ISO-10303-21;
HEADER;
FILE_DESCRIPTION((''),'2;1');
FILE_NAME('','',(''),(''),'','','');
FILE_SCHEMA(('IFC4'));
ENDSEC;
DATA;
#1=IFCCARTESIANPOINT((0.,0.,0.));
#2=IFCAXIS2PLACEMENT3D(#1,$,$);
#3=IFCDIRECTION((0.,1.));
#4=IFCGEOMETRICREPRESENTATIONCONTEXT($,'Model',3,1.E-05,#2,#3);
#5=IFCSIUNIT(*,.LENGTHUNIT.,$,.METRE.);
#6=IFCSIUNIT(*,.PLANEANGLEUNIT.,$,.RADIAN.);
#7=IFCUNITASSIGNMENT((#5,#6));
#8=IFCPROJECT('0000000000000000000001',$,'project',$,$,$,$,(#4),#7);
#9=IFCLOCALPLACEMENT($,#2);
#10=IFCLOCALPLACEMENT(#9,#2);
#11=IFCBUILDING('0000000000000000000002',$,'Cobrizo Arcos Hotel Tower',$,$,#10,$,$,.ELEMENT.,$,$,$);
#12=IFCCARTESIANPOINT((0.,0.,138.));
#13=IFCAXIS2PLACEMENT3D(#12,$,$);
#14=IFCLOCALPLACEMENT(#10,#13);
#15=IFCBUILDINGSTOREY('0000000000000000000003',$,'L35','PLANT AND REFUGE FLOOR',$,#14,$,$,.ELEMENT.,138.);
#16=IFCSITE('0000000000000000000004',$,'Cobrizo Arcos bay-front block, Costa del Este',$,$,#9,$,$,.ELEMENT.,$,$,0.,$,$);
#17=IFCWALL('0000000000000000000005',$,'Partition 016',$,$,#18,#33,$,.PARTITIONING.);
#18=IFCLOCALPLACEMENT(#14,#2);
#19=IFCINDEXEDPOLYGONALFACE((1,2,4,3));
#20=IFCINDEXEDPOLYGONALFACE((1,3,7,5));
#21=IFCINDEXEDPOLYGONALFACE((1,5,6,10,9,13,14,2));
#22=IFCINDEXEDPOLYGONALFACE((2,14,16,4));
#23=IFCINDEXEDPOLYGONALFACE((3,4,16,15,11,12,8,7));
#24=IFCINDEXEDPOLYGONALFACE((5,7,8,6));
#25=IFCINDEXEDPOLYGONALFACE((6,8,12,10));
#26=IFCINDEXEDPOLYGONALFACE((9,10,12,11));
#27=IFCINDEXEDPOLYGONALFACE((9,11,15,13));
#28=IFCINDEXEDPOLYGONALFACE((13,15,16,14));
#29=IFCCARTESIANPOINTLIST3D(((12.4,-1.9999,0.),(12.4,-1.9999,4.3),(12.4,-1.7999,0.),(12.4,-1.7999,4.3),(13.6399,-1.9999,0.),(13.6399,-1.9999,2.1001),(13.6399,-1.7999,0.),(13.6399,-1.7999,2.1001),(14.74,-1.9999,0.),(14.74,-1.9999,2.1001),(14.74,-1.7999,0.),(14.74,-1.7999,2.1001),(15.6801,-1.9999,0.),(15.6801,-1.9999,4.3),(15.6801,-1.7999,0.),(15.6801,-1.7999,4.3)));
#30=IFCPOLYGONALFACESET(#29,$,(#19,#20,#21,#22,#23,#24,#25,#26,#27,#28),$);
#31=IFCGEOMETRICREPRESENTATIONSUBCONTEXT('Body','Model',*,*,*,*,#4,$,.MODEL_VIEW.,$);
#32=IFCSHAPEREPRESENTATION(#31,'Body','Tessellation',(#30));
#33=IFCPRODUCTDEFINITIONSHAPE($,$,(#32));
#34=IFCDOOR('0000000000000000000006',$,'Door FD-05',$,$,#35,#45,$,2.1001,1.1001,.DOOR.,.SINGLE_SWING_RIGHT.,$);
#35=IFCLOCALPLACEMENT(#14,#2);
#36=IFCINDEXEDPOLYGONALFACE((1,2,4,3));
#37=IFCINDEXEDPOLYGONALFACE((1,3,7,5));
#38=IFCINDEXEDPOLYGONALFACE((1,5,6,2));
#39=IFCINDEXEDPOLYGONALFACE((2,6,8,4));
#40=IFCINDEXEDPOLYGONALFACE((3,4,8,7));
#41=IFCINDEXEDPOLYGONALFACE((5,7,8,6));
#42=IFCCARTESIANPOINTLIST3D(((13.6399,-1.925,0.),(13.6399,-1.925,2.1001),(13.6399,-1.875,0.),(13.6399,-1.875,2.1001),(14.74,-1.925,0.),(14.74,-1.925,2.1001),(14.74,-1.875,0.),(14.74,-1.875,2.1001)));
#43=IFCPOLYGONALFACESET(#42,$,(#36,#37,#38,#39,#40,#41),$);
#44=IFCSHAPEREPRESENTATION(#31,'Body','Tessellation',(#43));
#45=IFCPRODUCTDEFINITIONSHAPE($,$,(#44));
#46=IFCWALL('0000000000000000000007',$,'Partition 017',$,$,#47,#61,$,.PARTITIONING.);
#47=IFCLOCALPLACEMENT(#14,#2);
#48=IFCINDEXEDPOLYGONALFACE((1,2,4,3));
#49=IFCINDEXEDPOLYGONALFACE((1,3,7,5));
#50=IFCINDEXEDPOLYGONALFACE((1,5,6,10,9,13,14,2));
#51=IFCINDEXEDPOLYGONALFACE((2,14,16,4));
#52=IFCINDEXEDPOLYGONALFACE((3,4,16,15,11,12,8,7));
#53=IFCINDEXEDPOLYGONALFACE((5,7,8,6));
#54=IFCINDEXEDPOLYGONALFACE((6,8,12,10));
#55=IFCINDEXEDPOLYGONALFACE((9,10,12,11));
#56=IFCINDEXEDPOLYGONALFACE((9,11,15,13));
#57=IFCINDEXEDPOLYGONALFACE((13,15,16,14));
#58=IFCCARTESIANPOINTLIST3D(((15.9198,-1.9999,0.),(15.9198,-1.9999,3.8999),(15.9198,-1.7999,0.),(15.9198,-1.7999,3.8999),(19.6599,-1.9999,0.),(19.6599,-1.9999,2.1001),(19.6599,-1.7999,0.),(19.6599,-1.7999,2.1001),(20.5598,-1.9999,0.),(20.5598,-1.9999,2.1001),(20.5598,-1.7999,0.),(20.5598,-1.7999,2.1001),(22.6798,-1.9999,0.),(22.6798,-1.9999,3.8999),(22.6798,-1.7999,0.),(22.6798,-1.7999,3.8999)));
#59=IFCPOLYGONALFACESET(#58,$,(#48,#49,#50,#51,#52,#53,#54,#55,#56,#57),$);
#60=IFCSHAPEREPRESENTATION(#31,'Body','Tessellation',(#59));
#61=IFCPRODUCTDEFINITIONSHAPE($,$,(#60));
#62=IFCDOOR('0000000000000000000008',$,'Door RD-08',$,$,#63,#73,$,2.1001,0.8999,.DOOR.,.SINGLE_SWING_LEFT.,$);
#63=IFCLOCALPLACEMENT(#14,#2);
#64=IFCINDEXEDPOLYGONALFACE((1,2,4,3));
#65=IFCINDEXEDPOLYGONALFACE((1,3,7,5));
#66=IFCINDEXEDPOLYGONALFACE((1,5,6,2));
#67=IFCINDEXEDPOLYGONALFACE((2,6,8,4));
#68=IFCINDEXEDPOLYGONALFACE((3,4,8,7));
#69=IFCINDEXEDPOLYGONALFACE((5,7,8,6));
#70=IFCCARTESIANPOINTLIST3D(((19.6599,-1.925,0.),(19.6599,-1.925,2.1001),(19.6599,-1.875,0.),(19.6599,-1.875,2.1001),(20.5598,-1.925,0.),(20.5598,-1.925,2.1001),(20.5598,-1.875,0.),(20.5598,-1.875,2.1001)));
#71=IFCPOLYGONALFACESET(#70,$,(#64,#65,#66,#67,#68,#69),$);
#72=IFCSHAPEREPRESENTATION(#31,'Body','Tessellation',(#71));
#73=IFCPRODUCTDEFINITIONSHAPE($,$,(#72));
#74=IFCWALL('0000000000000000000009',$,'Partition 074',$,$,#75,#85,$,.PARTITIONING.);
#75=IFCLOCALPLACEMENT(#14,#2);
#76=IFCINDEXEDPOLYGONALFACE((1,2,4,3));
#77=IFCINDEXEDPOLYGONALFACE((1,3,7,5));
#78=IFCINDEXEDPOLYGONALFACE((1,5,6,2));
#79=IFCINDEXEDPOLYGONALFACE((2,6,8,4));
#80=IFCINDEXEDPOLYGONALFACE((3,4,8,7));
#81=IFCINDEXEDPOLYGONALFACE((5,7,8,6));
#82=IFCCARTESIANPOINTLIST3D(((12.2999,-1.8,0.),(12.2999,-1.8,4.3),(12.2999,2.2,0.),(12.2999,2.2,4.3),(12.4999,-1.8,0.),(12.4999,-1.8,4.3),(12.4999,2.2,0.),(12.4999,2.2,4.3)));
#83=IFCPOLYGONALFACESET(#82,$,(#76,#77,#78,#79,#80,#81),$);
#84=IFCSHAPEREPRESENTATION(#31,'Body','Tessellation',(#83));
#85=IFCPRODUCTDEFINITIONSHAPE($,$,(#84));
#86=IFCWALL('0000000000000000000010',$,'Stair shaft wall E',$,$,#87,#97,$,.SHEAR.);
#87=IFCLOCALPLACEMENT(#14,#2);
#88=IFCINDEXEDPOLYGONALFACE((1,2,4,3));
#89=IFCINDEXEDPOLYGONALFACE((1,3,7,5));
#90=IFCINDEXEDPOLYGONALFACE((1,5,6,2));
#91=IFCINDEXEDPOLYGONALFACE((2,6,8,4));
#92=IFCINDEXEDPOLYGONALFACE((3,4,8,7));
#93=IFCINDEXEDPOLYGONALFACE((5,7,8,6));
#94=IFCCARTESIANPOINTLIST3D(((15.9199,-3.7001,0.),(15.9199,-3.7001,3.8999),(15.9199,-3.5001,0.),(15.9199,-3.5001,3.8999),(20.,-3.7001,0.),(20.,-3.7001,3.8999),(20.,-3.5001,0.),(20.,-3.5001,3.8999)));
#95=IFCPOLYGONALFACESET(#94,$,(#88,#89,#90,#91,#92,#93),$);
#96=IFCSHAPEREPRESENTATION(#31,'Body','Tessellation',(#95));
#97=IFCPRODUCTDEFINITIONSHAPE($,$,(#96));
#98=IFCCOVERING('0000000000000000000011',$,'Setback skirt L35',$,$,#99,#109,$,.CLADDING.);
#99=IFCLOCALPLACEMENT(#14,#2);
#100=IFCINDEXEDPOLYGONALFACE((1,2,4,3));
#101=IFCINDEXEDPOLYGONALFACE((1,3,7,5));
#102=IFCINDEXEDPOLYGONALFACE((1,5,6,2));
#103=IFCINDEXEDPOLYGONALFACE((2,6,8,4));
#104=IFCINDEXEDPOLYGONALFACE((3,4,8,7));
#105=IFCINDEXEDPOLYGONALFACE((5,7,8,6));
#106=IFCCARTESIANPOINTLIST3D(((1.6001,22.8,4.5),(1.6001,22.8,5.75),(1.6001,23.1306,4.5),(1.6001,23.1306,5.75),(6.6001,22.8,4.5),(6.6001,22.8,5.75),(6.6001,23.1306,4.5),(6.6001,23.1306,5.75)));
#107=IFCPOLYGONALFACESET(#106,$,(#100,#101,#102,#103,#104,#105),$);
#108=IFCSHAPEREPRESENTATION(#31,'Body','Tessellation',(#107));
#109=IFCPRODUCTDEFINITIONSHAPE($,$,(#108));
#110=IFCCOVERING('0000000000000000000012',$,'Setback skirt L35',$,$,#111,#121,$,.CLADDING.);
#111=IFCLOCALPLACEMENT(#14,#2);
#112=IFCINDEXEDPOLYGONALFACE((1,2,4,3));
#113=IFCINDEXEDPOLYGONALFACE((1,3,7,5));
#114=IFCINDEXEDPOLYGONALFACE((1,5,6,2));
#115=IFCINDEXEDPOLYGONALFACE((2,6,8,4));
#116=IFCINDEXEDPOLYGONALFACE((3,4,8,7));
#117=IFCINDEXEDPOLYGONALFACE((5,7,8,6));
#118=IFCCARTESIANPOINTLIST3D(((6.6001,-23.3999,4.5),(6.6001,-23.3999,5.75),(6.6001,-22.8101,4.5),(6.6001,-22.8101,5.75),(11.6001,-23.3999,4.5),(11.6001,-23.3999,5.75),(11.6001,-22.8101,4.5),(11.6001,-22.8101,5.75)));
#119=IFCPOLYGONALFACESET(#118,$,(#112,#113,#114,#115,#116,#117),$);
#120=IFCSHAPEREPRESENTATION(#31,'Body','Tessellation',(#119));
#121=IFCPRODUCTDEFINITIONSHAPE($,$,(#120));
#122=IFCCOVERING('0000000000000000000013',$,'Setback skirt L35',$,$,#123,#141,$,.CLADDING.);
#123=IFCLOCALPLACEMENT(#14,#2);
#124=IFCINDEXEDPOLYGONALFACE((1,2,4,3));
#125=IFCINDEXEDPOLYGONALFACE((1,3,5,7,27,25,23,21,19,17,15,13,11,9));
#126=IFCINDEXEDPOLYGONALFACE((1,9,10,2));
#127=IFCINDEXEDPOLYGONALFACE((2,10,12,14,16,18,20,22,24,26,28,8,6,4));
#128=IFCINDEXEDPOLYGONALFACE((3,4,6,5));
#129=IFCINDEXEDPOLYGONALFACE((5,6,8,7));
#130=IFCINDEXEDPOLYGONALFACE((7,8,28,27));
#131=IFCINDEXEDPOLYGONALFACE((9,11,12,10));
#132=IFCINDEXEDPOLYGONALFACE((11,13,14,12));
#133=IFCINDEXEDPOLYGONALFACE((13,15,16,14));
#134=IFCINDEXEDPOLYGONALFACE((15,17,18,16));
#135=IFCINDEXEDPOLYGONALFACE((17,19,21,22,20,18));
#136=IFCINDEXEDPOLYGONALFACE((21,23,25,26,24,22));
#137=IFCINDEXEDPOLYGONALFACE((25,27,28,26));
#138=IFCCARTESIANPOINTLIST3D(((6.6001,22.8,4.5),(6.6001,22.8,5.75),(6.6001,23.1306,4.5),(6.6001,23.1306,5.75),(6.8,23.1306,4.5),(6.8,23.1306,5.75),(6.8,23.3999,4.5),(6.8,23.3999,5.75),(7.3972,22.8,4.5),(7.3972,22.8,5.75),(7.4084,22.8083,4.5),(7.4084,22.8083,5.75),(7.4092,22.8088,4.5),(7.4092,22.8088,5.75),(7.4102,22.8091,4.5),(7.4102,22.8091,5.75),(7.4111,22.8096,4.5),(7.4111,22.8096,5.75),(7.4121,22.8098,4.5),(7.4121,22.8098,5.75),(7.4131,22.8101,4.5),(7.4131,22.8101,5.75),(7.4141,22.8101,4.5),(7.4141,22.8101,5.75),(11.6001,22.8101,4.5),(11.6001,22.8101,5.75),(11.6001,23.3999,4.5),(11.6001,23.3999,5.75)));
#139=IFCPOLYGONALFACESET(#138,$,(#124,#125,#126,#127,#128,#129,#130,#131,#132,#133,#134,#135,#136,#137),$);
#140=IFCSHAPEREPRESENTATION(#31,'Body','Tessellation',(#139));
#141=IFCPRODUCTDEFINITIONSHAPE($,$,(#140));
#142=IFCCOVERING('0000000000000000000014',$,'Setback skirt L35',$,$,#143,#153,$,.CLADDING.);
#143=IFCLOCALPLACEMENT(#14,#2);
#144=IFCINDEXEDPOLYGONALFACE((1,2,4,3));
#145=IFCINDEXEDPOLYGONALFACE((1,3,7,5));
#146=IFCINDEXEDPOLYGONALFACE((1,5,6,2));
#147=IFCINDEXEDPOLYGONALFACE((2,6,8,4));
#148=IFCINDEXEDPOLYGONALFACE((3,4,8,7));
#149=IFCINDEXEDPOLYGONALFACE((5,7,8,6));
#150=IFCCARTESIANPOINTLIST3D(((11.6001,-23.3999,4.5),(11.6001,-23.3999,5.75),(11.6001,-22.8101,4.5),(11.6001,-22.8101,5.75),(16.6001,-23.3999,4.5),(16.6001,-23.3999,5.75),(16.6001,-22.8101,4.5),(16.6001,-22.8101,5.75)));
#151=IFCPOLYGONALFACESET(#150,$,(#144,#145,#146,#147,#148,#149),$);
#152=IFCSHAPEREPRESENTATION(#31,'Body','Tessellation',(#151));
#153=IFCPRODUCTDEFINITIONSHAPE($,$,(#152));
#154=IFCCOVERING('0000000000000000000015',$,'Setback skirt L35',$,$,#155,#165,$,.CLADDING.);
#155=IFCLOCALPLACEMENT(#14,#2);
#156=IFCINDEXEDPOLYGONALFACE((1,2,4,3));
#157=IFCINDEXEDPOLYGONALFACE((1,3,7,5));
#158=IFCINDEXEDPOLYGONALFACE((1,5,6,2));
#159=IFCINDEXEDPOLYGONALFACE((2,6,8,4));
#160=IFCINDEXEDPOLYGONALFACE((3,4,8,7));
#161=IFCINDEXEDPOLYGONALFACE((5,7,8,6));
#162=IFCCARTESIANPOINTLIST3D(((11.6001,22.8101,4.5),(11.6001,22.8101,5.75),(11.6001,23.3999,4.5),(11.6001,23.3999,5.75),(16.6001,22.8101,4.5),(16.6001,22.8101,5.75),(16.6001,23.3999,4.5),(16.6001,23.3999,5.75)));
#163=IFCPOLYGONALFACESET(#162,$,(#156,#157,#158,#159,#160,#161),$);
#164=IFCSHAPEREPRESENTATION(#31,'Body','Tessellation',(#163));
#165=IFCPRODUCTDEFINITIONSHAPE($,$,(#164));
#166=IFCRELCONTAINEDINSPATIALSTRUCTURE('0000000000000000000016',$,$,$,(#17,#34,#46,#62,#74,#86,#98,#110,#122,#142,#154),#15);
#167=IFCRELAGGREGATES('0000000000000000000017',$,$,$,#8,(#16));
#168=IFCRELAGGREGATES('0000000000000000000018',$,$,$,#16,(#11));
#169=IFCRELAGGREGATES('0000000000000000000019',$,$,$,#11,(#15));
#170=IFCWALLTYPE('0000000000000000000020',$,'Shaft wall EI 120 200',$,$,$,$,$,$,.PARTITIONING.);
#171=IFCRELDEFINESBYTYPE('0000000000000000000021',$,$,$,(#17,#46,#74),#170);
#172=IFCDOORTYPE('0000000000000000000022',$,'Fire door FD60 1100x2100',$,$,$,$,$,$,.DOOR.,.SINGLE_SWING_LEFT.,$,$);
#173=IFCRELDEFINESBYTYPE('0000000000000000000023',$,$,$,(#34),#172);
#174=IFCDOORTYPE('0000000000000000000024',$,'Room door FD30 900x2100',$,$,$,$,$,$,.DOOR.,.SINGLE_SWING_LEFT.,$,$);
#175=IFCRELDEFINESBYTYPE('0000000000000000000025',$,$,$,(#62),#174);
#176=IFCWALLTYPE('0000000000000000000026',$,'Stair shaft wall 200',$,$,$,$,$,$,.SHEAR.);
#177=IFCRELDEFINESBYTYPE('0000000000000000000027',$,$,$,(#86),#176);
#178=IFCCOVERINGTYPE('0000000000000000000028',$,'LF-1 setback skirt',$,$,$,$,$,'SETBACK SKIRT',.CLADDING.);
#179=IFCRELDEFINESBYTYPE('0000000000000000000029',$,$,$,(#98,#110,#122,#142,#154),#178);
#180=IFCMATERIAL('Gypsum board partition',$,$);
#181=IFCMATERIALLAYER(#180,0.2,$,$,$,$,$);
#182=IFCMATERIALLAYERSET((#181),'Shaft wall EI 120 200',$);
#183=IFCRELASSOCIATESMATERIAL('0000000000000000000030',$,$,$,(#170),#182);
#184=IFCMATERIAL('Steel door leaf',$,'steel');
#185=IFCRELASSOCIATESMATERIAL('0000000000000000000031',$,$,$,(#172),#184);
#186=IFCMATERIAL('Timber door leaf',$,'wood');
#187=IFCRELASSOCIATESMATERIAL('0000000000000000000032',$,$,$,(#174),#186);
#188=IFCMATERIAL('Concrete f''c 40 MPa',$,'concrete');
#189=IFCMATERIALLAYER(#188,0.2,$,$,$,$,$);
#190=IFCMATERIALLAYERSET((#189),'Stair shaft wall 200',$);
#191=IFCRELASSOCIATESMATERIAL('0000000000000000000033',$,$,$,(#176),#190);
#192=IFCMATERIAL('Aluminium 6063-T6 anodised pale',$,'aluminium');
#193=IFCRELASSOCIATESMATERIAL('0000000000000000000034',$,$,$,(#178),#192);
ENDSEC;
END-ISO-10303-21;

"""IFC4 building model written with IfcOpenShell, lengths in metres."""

from ifc_helpers import new_model, si_unit, direction, frame, frame_2d, origin, place, context, subcontext, project, spatial, polyline, rectangle, outline, extrude, material, layer, layer_set, type_object, element, fill, save


model = new_model("IFC4")

# Units and contexts
model_context = context("Model", 3, precision=1e-05, world=origin(), true_north=direction((0.0, 1.0)))
body_context = subcontext(model_context, "Body", "Model", "MODEL_VIEW")
ifc_project = project(units=[si_unit("LENGTHUNIT", "METRE"), si_unit("PLANEANGLEUNIT", "RADIAN")], contexts=[model_context])

# Site, building, storey
site_placement = place(None, origin())
site = spatial("IfcSite", under=ifc_project, at=site_placement, Name="Cobrizo Arcos bay-front block, Costa del Este", CompositionType="ELEMENT", RefElevation=0.0)
building_placement = place(site_placement, origin())
building = spatial("IfcBuilding", under=site, at=building_placement, Name="Cobrizo Arcos Hotel Tower", CompositionType="ELEMENT")
storey_placement = place(building_placement, frame((0.0, 0.0, 138.0)))
storey = spatial("IfcBuildingStorey", under=building, at=storey_placement, Name="L35", Description="PLANT AND REFUGE FLOOR", CompositionType="ELEMENT", Elevation=138.0)

# Walls, openings, doors
ifc_material_1 = material(Name="Gypsum board partition")
ifc_layer_1 = layer(ifc_material_1, 0.2)
ifc_layer_set_1 = layer_set([ifc_layer_1], Name="Shaft wall EI 120 200")
wall_type_1 = type_object("IfcWallType", Name="Shaft wall EI 120 200", PredefinedType="PARTITIONING", material=ifc_layer_set_1)
wall_1_placement = place(storey_placement, frame((12.3999, -1.8999, 0.0), z_axis=(0.0, 0.0, 1.0), x_axis=(1.0, 0.0, 0.0)))
wall_1 = element("IfcWall", 1, at=wall_1_placement, inside=storey, type_object=wall_type_1, Name="Partition 016", PredefinedType="PARTITIONING", context=body_context, shape_type="SweptSolid", body=[
    extrude(rectangle(XDim=3.28, YDim=0.2, at=frame_2d((1.6401, 0.0))), origin(), (0.0, 0.0, 1.0), 4.3),
])
opening_1_placement = place(wall_1_placement, frame((1.24, 0.0, 0.0)))
opening_1 = element("IfcOpeningElement", 2, at=opening_1_placement, cuts=wall_1, PredefinedType="OPENING", context=body_context, shape_type="SweptSolid", body=[
    extrude(rectangle(XDim=1.1001, YDim=2.1001, at=frame_2d((0.55, 1.05))), frame((0.0, 0.1121, 0.0), z_axis=(0.0, -1.0, 0.0), x_axis=(1.0, 0.0, 0.0)), (0.0, 0.0, 1.0), 0.2239),
])
ifc_material_2 = material(Name="Steel door leaf", Category="steel")
door_type_1 = type_object("IfcDoorType", Name="Fire door FD60 1100x2100", OperationType="SINGLE_SWING_LEFT", PredefinedType="DOOR", material=ifc_material_2)
door_1_placement = place(opening_1_placement, origin())
door_1 = element("IfcDoor", 3, at=door_1_placement, inside=storey, type_object=door_type_1, Name="Door FD-05", OperationType="SINGLE_SWING_RIGHT", OverallHeight=2.1001, OverallWidth=1.1001, PredefinedType="DOOR", context=body_context, shape_type="SweptSolid", body=[
    extrude(rectangle(XDim=1.1001, YDim=2.1001, at=frame_2d((0.55, 1.05))), frame((0.0, 0.0249, 0.0), z_axis=(0.0, -1.0, 0.0), x_axis=(1.0, 0.0, 0.0)), (0.0, 0.0, 1.0), 0.05),
])
fill(opening_1, door_1)
wall_2_placement = place(storey_placement, frame((15.9199, -1.8999, 0.0), z_axis=(0.0, 0.0, 1.0), x_axis=(1.0, 0.0, 0.0)))
wall_2 = element("IfcWall", 4, at=wall_2_placement, inside=storey, type_object=wall_type_1, Name="Partition 017", PredefinedType="PARTITIONING", context=body_context, shape_type="SweptSolid", body=[
    extrude(rectangle(XDim=6.76, YDim=0.2, at=frame_2d((3.3799, 0.0))), origin(), (0.0, 0.0, 1.0), 3.8999),
])
opening_2_placement = place(wall_2_placement, frame((3.74, 0.0, 0.0)))
opening_2 = element("IfcOpeningElement", 5, at=opening_2_placement, cuts=wall_2, PredefinedType="OPENING", context=body_context, shape_type="SweptSolid", body=[
    extrude(rectangle(XDim=0.8999, YDim=2.1001, at=frame_2d((0.45, 1.05))), frame((0.0, 0.1121, 0.0), z_axis=(0.0, -1.0, 0.0), x_axis=(1.0, 0.0, 0.0)), (0.0, 0.0, 1.0), 0.2239),
])
ifc_material_3 = material(Name="Timber door leaf", Category="wood")
door_type_2 = type_object("IfcDoorType", Name="Room door FD30 900x2100", OperationType="SINGLE_SWING_LEFT", PredefinedType="DOOR", material=ifc_material_3)
door_2_placement = place(opening_2_placement, origin())
door_2 = element("IfcDoor", 6, at=door_2_placement, inside=storey, type_object=door_type_2, Name="Door RD-08", OperationType="SINGLE_SWING_LEFT", OverallHeight=2.1001, OverallWidth=0.8999, PredefinedType="DOOR", context=body_context, shape_type="SweptSolid", body=[
    extrude(rectangle(XDim=0.8999, YDim=2.1001, at=frame_2d((0.45, 1.05))), frame((0.0, 0.0249, 0.0), z_axis=(0.0, -1.0, 0.0), x_axis=(1.0, 0.0, 0.0)), (0.0, 0.0, 1.0), 0.05),
])
fill(opening_2, door_2)

# Walls
wall_3_placement = place(storey_placement, frame((12.3999, -1.8, 0.0), z_axis=(0.0, 0.0, 1.0), x_axis=(0.0, 1.0, 0.0)))
element("IfcWall", 7, at=wall_3_placement, inside=storey, type_object=wall_type_1, Name="Partition 074", PredefinedType="PARTITIONING", context=body_context, shape_type="SweptSolid", body=[
    extrude(rectangle(XDim=4.0, YDim=0.2, at=frame_2d((2.0, 0.0))), origin(), (0.0, 0.0, 1.0), 4.3),
])
ifc_material_4 = material(Name="Concrete f'c 40 MPa", Category="concrete")
ifc_layer_2 = layer(ifc_material_4, 0.2)
ifc_layer_set_2 = layer_set([ifc_layer_2], Name="Stair shaft wall 200")
wall_type_2 = type_object("IfcWallType", Name="Stair shaft wall 200", PredefinedType="SHEAR", material=ifc_layer_set_2)
wall_4_placement = place(storey_placement, frame((15.9199, -3.6001, 0.0), z_axis=(0.0, 0.0, 1.0), x_axis=(1.0, 0.0, 0.0)))
element("IfcWall", 8, at=wall_4_placement, inside=storey, type_object=wall_type_2, Name="Stair shaft wall E", PredefinedType="SHEAR", context=body_context, shape_type="SweptSolid", body=[
    extrude(rectangle(XDim=4.0801, YDim=0.2, at=frame_2d((2.04, 0.0))), origin(), (0.0, 0.0, 1.0), 3.8999),
])

# Coverings
ifc_material_5 = material(Name="Aluminium 6063-T6 anodised pale", Category="aluminium")
covering_type_1 = type_object("IfcCoveringType", Name="LF-1 setback skirt", ElementType="SETBACK SKIRT", PredefinedType="CLADDING", material=ifc_material_5)
covering_1_placement = place(storey_placement, frame((0.0, 0.0, 4.5)))
element("IfcCovering", 9, at=covering_1_placement, inside=storey, type_object=covering_type_1, Name="Setback skirt L35", PredefinedType="CLADDING", context=body_context, shape_type="SweptSolid", body=[
    extrude(outline(polyline([(6.6001, 23.1306), (1.6001, 23.1306), (1.6001, 22.8), (6.6001, 22.8), (6.6001, 23.1306)])), origin(), (0.0, 0.0, 1.0), 1.25),
])
covering_2_placement = place(storey_placement, frame((0.0, 0.0, 4.5)))
element("IfcCovering", 10, at=covering_2_placement, inside=storey, type_object=covering_type_1, Name="Setback skirt L35", PredefinedType="CLADDING", context=body_context, shape_type="SweptSolid", body=[
    extrude(outline(polyline([(11.6001, -22.8101), (6.6001, -22.8101), (6.6001, -23.3999), (11.6001, -23.3999), (11.6001, -22.8101)])), origin(), (0.0, 0.0, 1.0), 1.25),
])
covering_3_placement = place(storey_placement, frame((0.0, 0.0, 4.5)))
element("IfcCovering", 11, at=covering_3_placement, inside=storey, type_object=covering_type_1, Name="Setback skirt L35", PredefinedType="CLADDING", context=body_context, shape_type="SweptSolid", body=[
    extrude(outline(polyline([(6.8, 23.1306), (6.6001, 23.1306), (6.6001, 22.8), (7.3972, 22.8), (7.4084, 22.8083), (7.4092, 22.8088), (7.4102, 22.8091), (7.4111, 22.8096), (7.4121, 22.8098), (7.4131, 22.8101), (7.4141, 22.8101), (11.6001, 22.8101), (11.6001, 23.3999), (6.8, 23.3999), (6.8, 23.1306)])), origin(), (0.0, 0.0, 1.0), 1.25),
])
covering_4_placement = place(storey_placement, frame((0.0, 0.0, 4.5)))
element("IfcCovering", 12, at=covering_4_placement, inside=storey, type_object=covering_type_1, Name="Setback skirt L35", PredefinedType="CLADDING", context=body_context, shape_type="SweptSolid", body=[
    extrude(outline(polyline([(16.6001, -22.8101), (11.6001, -22.8101), (11.6001, -23.3999), (16.6001, -23.3999), (16.6001, -22.8101)])), origin(), (0.0, 0.0, 1.0), 1.25),
])
covering_5_placement = place(storey_placement, frame((0.0, 0.0, 4.5)))
element("IfcCovering", 13, at=covering_5_placement, inside=storey, type_object=covering_type_1, Name="Setback skirt L35", PredefinedType="CLADDING", context=body_context, shape_type="SweptSolid", body=[
    extrude(outline(polyline([(16.6001, 23.3999), (11.6001, 23.3999), (11.6001, 22.8101), (16.6001, 22.8101), (16.6001, 23.3999)])), origin(), (0.0, 0.0, 1.0), 1.25),
])

save(model, "model.ifc")
